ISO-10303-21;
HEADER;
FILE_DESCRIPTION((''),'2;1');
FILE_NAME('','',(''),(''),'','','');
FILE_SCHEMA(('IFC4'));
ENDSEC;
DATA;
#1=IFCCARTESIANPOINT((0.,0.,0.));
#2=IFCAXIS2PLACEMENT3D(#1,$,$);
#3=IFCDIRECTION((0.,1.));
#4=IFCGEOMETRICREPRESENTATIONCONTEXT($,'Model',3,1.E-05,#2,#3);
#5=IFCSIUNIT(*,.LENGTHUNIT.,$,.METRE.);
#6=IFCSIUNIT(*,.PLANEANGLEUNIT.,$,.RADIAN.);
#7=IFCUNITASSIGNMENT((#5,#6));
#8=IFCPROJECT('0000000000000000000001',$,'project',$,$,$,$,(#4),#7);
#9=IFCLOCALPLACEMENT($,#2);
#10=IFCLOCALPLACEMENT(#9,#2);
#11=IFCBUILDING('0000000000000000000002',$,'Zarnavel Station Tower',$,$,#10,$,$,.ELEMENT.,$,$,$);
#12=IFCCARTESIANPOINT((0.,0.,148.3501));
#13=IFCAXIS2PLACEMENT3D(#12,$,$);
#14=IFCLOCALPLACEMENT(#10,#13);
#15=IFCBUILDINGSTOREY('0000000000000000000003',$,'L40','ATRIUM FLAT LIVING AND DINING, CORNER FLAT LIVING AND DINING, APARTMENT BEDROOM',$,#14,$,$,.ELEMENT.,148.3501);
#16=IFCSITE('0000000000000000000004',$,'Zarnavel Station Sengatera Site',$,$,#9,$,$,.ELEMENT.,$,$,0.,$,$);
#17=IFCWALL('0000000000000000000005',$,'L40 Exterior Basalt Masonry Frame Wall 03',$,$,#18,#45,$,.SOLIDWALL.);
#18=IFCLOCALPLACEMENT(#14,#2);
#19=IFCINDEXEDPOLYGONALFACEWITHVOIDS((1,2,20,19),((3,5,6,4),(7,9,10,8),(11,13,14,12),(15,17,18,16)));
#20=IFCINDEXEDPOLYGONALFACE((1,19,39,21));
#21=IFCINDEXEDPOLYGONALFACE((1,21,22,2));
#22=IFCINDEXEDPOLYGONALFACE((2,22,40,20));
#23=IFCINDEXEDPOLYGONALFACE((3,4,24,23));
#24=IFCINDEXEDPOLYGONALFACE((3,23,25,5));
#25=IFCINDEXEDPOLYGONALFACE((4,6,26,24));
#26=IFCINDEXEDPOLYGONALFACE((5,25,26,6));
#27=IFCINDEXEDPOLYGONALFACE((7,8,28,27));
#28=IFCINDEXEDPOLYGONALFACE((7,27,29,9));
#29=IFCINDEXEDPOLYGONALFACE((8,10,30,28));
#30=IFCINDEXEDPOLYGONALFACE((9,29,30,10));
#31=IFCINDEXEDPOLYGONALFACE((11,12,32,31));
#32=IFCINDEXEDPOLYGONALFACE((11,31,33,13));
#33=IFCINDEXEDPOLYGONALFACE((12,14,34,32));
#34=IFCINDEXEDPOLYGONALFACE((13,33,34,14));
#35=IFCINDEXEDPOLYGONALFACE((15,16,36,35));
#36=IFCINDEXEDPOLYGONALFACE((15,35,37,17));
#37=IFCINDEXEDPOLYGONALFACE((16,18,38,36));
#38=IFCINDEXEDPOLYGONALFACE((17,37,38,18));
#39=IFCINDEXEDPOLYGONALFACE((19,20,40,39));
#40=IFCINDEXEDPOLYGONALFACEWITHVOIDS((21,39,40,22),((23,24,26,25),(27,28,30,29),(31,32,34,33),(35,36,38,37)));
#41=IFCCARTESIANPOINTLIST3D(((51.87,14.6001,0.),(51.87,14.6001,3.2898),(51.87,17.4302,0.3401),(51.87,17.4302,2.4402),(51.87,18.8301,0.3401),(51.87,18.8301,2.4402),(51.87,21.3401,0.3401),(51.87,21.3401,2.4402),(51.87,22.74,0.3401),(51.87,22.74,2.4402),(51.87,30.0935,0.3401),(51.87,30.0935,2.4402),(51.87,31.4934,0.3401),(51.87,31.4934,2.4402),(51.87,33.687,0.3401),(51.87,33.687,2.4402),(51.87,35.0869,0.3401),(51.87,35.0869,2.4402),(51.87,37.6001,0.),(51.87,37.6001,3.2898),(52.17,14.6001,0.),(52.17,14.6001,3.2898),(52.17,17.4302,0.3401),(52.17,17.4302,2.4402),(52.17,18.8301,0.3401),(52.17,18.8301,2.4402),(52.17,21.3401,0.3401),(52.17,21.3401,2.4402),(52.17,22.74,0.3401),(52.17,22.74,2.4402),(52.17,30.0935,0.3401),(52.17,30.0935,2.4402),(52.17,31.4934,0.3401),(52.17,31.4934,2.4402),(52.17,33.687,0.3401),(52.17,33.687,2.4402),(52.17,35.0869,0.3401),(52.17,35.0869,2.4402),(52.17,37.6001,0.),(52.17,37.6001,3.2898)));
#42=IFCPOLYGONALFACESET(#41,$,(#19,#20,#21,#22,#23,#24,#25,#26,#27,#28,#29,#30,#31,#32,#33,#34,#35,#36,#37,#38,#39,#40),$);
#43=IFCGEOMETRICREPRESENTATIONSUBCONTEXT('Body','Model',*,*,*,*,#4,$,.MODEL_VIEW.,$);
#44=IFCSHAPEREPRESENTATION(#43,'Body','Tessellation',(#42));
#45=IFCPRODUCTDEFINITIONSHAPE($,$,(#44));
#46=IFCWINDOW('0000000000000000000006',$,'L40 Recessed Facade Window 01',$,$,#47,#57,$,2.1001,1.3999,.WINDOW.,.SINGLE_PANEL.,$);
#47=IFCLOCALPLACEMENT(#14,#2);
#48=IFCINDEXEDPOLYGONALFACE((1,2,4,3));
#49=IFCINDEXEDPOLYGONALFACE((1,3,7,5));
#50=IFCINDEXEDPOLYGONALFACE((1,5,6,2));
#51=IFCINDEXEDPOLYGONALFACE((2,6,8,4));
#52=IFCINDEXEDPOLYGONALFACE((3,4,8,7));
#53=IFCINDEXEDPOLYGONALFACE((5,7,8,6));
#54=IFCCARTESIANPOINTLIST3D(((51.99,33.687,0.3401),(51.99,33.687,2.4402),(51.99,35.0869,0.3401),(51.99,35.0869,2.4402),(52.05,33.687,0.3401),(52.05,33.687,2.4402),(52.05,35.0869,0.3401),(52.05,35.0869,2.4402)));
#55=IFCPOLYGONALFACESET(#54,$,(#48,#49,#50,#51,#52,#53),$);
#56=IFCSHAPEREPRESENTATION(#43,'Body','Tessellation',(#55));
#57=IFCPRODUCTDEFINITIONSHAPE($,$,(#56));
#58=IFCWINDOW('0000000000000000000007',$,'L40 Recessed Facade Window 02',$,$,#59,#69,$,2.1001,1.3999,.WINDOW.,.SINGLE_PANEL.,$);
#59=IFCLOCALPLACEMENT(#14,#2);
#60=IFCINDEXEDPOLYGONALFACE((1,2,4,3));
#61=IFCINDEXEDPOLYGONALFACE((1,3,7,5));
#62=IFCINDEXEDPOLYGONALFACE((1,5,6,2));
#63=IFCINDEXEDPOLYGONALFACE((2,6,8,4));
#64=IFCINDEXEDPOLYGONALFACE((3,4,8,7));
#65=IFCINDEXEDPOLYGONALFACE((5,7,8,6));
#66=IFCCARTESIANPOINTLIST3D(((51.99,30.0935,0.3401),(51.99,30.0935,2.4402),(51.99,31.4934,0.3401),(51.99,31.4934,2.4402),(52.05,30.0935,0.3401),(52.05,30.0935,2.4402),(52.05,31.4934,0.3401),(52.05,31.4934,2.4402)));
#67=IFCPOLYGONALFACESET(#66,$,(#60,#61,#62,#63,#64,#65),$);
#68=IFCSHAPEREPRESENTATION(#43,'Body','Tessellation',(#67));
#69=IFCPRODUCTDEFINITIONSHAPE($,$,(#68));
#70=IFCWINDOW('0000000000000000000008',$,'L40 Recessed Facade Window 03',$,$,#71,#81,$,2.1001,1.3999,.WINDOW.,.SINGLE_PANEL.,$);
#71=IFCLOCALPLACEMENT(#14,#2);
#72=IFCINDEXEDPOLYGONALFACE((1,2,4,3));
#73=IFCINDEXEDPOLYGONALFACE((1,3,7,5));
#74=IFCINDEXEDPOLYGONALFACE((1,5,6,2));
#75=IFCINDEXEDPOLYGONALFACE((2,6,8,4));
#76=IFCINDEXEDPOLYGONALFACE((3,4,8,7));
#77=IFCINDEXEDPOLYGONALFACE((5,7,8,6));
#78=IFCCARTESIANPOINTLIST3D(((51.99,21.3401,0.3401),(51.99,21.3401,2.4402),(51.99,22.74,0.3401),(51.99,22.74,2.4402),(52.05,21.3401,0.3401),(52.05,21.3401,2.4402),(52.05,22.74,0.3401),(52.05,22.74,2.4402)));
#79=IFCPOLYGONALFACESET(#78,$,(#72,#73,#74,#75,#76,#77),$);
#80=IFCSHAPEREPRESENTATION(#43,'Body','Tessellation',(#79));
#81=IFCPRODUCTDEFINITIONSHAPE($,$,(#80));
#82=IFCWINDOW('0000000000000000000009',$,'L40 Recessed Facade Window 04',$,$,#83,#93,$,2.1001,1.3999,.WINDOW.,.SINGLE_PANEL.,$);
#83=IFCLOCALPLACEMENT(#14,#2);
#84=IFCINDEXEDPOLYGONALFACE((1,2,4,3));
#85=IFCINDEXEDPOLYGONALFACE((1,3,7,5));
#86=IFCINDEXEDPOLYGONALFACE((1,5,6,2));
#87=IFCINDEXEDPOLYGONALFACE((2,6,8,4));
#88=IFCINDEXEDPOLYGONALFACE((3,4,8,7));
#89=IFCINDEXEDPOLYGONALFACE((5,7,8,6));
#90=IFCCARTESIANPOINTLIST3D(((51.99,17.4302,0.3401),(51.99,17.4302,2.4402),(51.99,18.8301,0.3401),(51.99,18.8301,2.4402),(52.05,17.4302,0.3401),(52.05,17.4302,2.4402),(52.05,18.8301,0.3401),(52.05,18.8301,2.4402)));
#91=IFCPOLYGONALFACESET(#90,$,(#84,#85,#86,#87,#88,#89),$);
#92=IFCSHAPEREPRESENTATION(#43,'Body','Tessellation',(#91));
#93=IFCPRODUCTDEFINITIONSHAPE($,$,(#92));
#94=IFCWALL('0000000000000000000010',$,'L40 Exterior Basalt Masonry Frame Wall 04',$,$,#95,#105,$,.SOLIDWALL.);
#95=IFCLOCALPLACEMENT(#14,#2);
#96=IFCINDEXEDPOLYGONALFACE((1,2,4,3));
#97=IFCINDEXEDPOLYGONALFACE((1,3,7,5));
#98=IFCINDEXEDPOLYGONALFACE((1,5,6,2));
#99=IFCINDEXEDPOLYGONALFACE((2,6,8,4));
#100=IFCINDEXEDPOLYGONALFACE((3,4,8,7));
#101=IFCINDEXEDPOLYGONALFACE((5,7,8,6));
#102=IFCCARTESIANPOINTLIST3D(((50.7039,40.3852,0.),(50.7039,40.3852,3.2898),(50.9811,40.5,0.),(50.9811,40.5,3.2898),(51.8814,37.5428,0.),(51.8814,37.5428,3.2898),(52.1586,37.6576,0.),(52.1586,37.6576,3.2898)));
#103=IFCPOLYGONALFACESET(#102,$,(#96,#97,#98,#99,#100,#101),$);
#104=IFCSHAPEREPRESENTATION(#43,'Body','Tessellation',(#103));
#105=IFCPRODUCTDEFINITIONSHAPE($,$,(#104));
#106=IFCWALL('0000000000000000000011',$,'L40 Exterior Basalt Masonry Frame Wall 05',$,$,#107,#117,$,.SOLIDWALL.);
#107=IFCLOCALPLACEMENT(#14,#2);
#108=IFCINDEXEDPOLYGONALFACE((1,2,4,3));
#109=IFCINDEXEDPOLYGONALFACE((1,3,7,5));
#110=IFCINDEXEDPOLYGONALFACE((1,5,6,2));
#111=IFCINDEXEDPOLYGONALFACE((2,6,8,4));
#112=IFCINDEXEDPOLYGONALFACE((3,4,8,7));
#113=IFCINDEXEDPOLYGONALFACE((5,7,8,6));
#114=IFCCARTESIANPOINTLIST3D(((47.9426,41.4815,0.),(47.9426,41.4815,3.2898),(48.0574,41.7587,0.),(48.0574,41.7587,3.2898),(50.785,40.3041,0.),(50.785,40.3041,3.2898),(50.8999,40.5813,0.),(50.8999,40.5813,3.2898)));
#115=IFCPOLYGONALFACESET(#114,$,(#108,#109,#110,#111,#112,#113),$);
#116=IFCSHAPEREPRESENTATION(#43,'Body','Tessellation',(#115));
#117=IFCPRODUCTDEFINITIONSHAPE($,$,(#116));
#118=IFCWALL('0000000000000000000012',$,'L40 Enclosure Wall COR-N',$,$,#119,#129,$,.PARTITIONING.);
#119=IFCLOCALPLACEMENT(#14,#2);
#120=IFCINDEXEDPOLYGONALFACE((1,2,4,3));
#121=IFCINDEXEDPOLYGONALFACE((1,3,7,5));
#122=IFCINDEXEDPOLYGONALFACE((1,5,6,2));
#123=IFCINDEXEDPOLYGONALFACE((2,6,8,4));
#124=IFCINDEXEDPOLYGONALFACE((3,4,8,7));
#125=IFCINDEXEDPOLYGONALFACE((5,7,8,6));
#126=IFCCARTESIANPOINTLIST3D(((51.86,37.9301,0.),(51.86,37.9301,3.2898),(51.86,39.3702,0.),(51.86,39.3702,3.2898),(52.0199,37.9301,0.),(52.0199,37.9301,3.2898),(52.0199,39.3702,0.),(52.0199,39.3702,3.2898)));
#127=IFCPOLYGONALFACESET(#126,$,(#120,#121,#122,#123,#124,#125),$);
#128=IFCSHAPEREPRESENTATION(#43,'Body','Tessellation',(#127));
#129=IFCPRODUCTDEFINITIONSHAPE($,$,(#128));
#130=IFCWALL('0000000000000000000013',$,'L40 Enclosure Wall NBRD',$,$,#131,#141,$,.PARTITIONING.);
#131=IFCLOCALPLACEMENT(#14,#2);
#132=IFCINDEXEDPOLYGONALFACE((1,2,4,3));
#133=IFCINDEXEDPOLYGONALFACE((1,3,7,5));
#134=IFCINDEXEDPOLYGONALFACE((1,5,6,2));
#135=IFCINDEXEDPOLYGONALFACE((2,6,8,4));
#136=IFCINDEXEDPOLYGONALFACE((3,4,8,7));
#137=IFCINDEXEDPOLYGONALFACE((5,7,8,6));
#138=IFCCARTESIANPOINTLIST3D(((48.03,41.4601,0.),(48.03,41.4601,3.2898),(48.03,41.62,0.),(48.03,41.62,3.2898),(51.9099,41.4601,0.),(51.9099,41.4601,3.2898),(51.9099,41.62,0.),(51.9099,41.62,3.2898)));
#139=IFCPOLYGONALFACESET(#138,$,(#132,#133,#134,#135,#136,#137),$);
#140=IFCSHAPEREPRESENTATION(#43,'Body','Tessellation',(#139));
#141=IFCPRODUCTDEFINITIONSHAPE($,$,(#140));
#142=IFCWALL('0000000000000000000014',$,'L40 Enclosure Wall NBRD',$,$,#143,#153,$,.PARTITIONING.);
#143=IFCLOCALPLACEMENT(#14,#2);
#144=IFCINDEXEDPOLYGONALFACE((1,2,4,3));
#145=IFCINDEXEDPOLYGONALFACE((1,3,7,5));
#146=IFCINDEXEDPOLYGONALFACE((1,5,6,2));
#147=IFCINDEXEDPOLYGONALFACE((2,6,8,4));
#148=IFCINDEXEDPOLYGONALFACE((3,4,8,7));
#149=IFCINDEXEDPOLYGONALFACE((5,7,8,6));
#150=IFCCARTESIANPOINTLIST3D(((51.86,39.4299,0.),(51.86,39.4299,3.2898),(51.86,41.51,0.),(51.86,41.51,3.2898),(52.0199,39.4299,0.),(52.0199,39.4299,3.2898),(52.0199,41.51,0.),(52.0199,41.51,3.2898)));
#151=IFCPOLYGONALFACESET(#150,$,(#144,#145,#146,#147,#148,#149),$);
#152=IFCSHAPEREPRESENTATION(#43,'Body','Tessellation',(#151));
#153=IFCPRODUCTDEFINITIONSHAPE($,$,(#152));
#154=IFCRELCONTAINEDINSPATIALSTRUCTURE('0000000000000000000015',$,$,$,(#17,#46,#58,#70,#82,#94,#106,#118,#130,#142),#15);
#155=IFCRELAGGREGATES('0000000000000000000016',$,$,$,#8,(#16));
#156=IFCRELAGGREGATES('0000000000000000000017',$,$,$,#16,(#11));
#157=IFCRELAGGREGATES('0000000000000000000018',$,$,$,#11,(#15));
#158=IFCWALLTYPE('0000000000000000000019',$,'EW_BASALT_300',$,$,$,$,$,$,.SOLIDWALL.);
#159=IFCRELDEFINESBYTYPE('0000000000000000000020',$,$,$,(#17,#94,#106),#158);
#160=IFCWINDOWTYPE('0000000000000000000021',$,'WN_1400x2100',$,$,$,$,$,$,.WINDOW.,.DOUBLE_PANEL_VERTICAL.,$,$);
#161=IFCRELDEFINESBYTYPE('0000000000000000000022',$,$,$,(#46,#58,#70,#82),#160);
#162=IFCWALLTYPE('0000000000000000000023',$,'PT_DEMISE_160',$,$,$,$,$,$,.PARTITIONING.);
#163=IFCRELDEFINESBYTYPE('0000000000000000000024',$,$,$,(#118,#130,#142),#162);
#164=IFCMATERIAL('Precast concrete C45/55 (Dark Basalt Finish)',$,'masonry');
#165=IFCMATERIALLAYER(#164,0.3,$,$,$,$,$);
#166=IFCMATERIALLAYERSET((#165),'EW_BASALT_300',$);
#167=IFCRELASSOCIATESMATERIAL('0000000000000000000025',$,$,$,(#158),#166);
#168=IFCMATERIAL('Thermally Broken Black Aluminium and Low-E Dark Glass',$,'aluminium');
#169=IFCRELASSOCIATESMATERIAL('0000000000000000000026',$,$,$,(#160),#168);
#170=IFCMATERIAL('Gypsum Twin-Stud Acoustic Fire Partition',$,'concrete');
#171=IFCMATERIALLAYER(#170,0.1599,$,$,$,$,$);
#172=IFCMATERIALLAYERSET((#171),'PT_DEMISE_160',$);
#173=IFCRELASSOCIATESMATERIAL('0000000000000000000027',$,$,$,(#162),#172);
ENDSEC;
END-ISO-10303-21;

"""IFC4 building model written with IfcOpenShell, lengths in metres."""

from ifc_helpers import new_model, si_unit, direction, frame, frame_2d, origin, place, context, subcontext, project, spatial, rectangle, extrude, material, layer, layer_set, type_object, element, fill, save


model = new_model("IFC4")

# Units and contexts
model_context = context("Model", 3, precision=1e-05, world=origin(), true_north=direction((0.0, 1.0)))
body_context = subcontext(model_context, "Body", "Model", "MODEL_VIEW")
ifc_project = project(units=[si_unit("LENGTHUNIT", "METRE"), si_unit("PLANEANGLEUNIT", "RADIAN")], contexts=[model_context])

# Site, building, storey
site_placement = place(None, origin())
site = spatial("IfcSite", under=ifc_project, at=site_placement, Name="Zarnavel Station Sengatera Site", CompositionType="ELEMENT", RefElevation=0.0)
building_placement = place(site_placement, origin())
building = spatial("IfcBuilding", under=site, at=building_placement, Name="Zarnavel Station Tower", CompositionType="ELEMENT")
storey_placement = place(building_placement, frame((0.0, 0.0, 148.3501)))
storey = spatial("IfcBuildingStorey", under=building, at=storey_placement, Name="L40", Description="ATRIUM FLAT LIVING AND DINING, CORNER FLAT LIVING AND DINING, APARTMENT BEDROOM", CompositionType="ELEMENT", Elevation=148.3501)

# Wall, openings, windows
ifc_material_1 = material(Name="Precast concrete C45/55 (Dark Basalt Finish)", Category="masonry")
ifc_layer_1 = layer(ifc_material_1, 0.3)
ifc_layer_set_1 = layer_set([ifc_layer_1], Name="EW_BASALT_300")
wall_type_1 = type_object("IfcWallType", Name="EW_BASALT_300", PredefinedType="SOLIDWALL", material=ifc_layer_set_1)
wall_1_placement = place(storey_placement, frame((52.02, 37.6001, 0.0), z_axis=(0.0, 0.0, 1.0), x_axis=(0.0, -1.0, 0.0)))
wall_1 = element("IfcWall", 1, at=wall_1_placement, inside=storey, type_object=wall_type_1, Name="L40 Exterior Basalt Masonry Frame Wall 03", PredefinedType="SOLIDWALL", context=body_context, shape_type="SweptSolid", body=[
    extrude(rectangle(XDim=23.0, YDim=0.3, at=frame_2d((11.5, 0.0))), origin(), (0.0, 0.0, 1.0), 3.2898),
])
opening_1_placement = place(wall_1_placement, frame((2.5132, 0.0, 0.3401)))
opening_1 = element("IfcOpeningElement", 2, at=opening_1_placement, cuts=wall_1, PredefinedType="OPENING", context=body_context, shape_type="SweptSolid", body=[
    extrude(rectangle(XDim=1.3999, YDim=2.1001, at=frame_2d((0.7, 1.05))), frame((0.0, 0.1599, 0.0), z_axis=(0.0, -1.0, 0.0), x_axis=(1.0, 0.0, 0.0)), (0.0, 0.0, 1.0), 0.3201),
])
opening_2_placement = place(wall_1_placement, frame((6.1067, 0.0, 0.3401)))
opening_2 = element("IfcOpeningElement", 3, at=opening_2_placement, cuts=wall_1, PredefinedType="OPENING", context=body_context, shape_type="SweptSolid", body=[
    extrude(rectangle(XDim=1.3999, YDim=2.1001, at=frame_2d((0.7, 1.05))), frame((0.0, 0.1599, 0.0), z_axis=(0.0, -1.0, 0.0), x_axis=(1.0, 0.0, 0.0)), (0.0, 0.0, 1.0), 0.3201),
])
opening_3_placement = place(wall_1_placement, frame((14.8601, 0.0, 0.3401)))
opening_3 = element("IfcOpeningElement", 4, at=opening_3_placement, cuts=wall_1, PredefinedType="OPENING", context=body_context, shape_type="SweptSolid", body=[
    extrude(rectangle(XDim=1.3999, YDim=2.1001, at=frame_2d((0.7, 1.05))), frame((0.0, 0.1599, 0.0), z_axis=(0.0, -1.0, 0.0), x_axis=(1.0, 0.0, 0.0)), (0.0, 0.0, 1.0), 0.3201),
])
opening_4_placement = place(wall_1_placement, frame((18.77, 0.0, 0.3401)))
opening_4 = element("IfcOpeningElement", 5, at=opening_4_placement, cuts=wall_1, PredefinedType="OPENING", context=body_context, shape_type="SweptSolid", body=[
    extrude(rectangle(XDim=1.3999, YDim=2.1001, at=frame_2d((0.7, 1.05))), frame((0.0, 0.1599, 0.0), z_axis=(0.0, -1.0, 0.0), x_axis=(1.0, 0.0, 0.0)), (0.0, 0.0, 1.0), 0.3201),
])
ifc_material_2 = material(Name="Thermally Broken Black Aluminium and Low-E Dark Glass", Category="aluminium")
window_type = type_object("IfcWindowType", Name="WN_1400x2100", PartitioningType="DOUBLE_PANEL_VERTICAL", PredefinedType="WINDOW", material=ifc_material_2)
window_1_placement = place(opening_1_placement, origin())
window_1 = element("IfcWindow", 6, at=window_1_placement, inside=storey, type_object=window_type, Name="L40 Recessed Facade Window 01", OverallHeight=2.1001, OverallWidth=1.3999, PartitioningType="SINGLE_PANEL", PredefinedType="WINDOW", context=body_context, shape_type="SweptSolid", body=[
    extrude(rectangle(XDim=1.3999, YDim=2.1001, at=frame_2d((0.7, 1.05))), frame((0.0, 0.03, 0.0), z_axis=(0.0, -1.0, 0.0), x_axis=(1.0, 0.0, 0.0)), (0.0, 0.0, 1.0), 0.0601),
])
fill(opening_1, window_1)
window_2_placement = place(opening_2_placement, origin())
window_2 = element("IfcWindow", 7, at=window_2_placement, inside=storey, type_object=window_type, Name="L40 Recessed Facade Window 02", OverallHeight=2.1001, OverallWidth=1.3999, PartitioningType="SINGLE_PANEL", PredefinedType="WINDOW", context=body_context, shape_type="SweptSolid", body=[
    extrude(rectangle(XDim=1.3999, YDim=2.1001, at=frame_2d((0.7, 1.05))), frame((0.0, 0.03, 0.0), z_axis=(0.0, -1.0, 0.0), x_axis=(1.0, 0.0, 0.0)), (0.0, 0.0, 1.0), 0.0601),
])
fill(opening_2, window_2)
window_3_placement = place(opening_3_placement, origin())
window_3 = element("IfcWindow", 8, at=window_3_placement, inside=storey, type_object=window_type, Name="L40 Recessed Facade Window 03", OverallHeight=2.1001, OverallWidth=1.3999, PartitioningType="SINGLE_PANEL", PredefinedType="WINDOW", context=body_context, shape_type="SweptSolid", body=[
    extrude(rectangle(XDim=1.3999, YDim=2.1001, at=frame_2d((0.7, 1.05))), frame((0.0, 0.03, 0.0), z_axis=(0.0, -1.0, 0.0), x_axis=(1.0, 0.0, 0.0)), (0.0, 0.0, 1.0), 0.0601),
])
fill(opening_3, window_3)
window_4_placement = place(opening_4_placement, origin())
window_4 = element("IfcWindow", 9, at=window_4_placement, inside=storey, type_object=window_type, Name="L40 Recessed Facade Window 04", OverallHeight=2.1001, OverallWidth=1.3999, PartitioningType="SINGLE_PANEL", PredefinedType="WINDOW", context=body_context, shape_type="SweptSolid", body=[
    extrude(rectangle(XDim=1.3999, YDim=2.1001, at=frame_2d((0.7, 1.05))), frame((0.0, 0.03, 0.0), z_axis=(0.0, -1.0, 0.0), x_axis=(1.0, 0.0, 0.0)), (0.0, 0.0, 1.0), 0.0601),
])
fill(opening_4, window_4)

# Walls
for number, where, z_axis, x_axis, name in (
    (10, (50.8425, 40.4426, 0.0), (0.0, 0.0, 1.0), (0.382705, -0.923871, 0.0), "L40 Exterior Basalt Masonry Frame Wall 04"),
    (11, (48.0, 41.6201, 0.0), (0.0, 0.0, 1.0), (0.923871, -0.382705, 0.0), "L40 Exterior Basalt Masonry Frame Wall 05"),
):
    element("IfcWall", number, at=place(storey_placement, frame(where, z_axis=z_axis, x_axis=x_axis)), inside=storey, type_object=wall_type_1, Name=name, PredefinedType="SOLIDWALL", context=body_context, shape_type="SweptSolid", body=[
        extrude(rectangle(XDim=3.0767, YDim=0.3, at=frame_2d((1.5383, 0.0))), origin(), (0.0, 0.0, 1.0), 3.2898),
    ])
ifc_material_3 = material(Name="Gypsum Twin-Stud Acoustic Fire Partition", Category="concrete")
ifc_layer_2 = layer(ifc_material_3, 0.1599)
ifc_layer_set_2 = layer_set([ifc_layer_2], Name="PT_DEMISE_160")
wall_type_2 = type_object("IfcWallType", Name="PT_DEMISE_160", PredefinedType="PARTITIONING", material=ifc_layer_set_2)
wall_2_placement = place(storey_placement, frame((51.9399, 37.9299, 0.0), z_axis=(0.0, 0.0, 1.0), x_axis=(0.0, 1.0, 0.0)))
element("IfcWall", 12, at=wall_2_placement, inside=storey, type_object=wall_type_2, Name="L40 Enclosure Wall COR-N", PredefinedType="PARTITIONING", context=body_context, shape_type="SweptSolid", body=[
    extrude(rectangle(XDim=1.4402, YDim=0.1599, at=frame_2d((0.7202, 0.0))), origin(), (0.0, 0.0, 1.0), 3.2898),
])
wall_3_placement = place(storey_placement, frame((48.03, 41.54, 0.0), z_axis=(0.0, 0.0, 1.0), x_axis=(1.0, 0.0, 0.0)))
element("IfcWall", 13, at=wall_3_placement, inside=storey, type_object=wall_type_2, Name="L40 Enclosure Wall NBRD", PredefinedType="PARTITIONING", context=body_context, shape_type="SweptSolid", body=[
    extrude(rectangle(XDim=3.8799, YDim=0.1599, at=frame_2d((1.9399, 0.0))), origin(), (0.0, 0.0, 1.0), 3.2898),
])
wall_4_placement = place(storey_placement, frame((51.9399, 39.4299, 0.0), z_axis=(0.0, 0.0, 1.0), x_axis=(0.0, 1.0, 0.0)))
element("IfcWall", 14, at=wall_4_placement, inside=storey, type_object=wall_type_2, Name="L40 Enclosure Wall NBRD", PredefinedType="PARTITIONING", context=body_context, shape_type="SweptSolid", body=[
    extrude(rectangle(XDim=2.0801, YDim=0.1599, at=frame_2d((1.04, 0.0))), origin(), (0.0, 0.0, 1.0), 3.2898),
])

save(model, "model.ifc")
